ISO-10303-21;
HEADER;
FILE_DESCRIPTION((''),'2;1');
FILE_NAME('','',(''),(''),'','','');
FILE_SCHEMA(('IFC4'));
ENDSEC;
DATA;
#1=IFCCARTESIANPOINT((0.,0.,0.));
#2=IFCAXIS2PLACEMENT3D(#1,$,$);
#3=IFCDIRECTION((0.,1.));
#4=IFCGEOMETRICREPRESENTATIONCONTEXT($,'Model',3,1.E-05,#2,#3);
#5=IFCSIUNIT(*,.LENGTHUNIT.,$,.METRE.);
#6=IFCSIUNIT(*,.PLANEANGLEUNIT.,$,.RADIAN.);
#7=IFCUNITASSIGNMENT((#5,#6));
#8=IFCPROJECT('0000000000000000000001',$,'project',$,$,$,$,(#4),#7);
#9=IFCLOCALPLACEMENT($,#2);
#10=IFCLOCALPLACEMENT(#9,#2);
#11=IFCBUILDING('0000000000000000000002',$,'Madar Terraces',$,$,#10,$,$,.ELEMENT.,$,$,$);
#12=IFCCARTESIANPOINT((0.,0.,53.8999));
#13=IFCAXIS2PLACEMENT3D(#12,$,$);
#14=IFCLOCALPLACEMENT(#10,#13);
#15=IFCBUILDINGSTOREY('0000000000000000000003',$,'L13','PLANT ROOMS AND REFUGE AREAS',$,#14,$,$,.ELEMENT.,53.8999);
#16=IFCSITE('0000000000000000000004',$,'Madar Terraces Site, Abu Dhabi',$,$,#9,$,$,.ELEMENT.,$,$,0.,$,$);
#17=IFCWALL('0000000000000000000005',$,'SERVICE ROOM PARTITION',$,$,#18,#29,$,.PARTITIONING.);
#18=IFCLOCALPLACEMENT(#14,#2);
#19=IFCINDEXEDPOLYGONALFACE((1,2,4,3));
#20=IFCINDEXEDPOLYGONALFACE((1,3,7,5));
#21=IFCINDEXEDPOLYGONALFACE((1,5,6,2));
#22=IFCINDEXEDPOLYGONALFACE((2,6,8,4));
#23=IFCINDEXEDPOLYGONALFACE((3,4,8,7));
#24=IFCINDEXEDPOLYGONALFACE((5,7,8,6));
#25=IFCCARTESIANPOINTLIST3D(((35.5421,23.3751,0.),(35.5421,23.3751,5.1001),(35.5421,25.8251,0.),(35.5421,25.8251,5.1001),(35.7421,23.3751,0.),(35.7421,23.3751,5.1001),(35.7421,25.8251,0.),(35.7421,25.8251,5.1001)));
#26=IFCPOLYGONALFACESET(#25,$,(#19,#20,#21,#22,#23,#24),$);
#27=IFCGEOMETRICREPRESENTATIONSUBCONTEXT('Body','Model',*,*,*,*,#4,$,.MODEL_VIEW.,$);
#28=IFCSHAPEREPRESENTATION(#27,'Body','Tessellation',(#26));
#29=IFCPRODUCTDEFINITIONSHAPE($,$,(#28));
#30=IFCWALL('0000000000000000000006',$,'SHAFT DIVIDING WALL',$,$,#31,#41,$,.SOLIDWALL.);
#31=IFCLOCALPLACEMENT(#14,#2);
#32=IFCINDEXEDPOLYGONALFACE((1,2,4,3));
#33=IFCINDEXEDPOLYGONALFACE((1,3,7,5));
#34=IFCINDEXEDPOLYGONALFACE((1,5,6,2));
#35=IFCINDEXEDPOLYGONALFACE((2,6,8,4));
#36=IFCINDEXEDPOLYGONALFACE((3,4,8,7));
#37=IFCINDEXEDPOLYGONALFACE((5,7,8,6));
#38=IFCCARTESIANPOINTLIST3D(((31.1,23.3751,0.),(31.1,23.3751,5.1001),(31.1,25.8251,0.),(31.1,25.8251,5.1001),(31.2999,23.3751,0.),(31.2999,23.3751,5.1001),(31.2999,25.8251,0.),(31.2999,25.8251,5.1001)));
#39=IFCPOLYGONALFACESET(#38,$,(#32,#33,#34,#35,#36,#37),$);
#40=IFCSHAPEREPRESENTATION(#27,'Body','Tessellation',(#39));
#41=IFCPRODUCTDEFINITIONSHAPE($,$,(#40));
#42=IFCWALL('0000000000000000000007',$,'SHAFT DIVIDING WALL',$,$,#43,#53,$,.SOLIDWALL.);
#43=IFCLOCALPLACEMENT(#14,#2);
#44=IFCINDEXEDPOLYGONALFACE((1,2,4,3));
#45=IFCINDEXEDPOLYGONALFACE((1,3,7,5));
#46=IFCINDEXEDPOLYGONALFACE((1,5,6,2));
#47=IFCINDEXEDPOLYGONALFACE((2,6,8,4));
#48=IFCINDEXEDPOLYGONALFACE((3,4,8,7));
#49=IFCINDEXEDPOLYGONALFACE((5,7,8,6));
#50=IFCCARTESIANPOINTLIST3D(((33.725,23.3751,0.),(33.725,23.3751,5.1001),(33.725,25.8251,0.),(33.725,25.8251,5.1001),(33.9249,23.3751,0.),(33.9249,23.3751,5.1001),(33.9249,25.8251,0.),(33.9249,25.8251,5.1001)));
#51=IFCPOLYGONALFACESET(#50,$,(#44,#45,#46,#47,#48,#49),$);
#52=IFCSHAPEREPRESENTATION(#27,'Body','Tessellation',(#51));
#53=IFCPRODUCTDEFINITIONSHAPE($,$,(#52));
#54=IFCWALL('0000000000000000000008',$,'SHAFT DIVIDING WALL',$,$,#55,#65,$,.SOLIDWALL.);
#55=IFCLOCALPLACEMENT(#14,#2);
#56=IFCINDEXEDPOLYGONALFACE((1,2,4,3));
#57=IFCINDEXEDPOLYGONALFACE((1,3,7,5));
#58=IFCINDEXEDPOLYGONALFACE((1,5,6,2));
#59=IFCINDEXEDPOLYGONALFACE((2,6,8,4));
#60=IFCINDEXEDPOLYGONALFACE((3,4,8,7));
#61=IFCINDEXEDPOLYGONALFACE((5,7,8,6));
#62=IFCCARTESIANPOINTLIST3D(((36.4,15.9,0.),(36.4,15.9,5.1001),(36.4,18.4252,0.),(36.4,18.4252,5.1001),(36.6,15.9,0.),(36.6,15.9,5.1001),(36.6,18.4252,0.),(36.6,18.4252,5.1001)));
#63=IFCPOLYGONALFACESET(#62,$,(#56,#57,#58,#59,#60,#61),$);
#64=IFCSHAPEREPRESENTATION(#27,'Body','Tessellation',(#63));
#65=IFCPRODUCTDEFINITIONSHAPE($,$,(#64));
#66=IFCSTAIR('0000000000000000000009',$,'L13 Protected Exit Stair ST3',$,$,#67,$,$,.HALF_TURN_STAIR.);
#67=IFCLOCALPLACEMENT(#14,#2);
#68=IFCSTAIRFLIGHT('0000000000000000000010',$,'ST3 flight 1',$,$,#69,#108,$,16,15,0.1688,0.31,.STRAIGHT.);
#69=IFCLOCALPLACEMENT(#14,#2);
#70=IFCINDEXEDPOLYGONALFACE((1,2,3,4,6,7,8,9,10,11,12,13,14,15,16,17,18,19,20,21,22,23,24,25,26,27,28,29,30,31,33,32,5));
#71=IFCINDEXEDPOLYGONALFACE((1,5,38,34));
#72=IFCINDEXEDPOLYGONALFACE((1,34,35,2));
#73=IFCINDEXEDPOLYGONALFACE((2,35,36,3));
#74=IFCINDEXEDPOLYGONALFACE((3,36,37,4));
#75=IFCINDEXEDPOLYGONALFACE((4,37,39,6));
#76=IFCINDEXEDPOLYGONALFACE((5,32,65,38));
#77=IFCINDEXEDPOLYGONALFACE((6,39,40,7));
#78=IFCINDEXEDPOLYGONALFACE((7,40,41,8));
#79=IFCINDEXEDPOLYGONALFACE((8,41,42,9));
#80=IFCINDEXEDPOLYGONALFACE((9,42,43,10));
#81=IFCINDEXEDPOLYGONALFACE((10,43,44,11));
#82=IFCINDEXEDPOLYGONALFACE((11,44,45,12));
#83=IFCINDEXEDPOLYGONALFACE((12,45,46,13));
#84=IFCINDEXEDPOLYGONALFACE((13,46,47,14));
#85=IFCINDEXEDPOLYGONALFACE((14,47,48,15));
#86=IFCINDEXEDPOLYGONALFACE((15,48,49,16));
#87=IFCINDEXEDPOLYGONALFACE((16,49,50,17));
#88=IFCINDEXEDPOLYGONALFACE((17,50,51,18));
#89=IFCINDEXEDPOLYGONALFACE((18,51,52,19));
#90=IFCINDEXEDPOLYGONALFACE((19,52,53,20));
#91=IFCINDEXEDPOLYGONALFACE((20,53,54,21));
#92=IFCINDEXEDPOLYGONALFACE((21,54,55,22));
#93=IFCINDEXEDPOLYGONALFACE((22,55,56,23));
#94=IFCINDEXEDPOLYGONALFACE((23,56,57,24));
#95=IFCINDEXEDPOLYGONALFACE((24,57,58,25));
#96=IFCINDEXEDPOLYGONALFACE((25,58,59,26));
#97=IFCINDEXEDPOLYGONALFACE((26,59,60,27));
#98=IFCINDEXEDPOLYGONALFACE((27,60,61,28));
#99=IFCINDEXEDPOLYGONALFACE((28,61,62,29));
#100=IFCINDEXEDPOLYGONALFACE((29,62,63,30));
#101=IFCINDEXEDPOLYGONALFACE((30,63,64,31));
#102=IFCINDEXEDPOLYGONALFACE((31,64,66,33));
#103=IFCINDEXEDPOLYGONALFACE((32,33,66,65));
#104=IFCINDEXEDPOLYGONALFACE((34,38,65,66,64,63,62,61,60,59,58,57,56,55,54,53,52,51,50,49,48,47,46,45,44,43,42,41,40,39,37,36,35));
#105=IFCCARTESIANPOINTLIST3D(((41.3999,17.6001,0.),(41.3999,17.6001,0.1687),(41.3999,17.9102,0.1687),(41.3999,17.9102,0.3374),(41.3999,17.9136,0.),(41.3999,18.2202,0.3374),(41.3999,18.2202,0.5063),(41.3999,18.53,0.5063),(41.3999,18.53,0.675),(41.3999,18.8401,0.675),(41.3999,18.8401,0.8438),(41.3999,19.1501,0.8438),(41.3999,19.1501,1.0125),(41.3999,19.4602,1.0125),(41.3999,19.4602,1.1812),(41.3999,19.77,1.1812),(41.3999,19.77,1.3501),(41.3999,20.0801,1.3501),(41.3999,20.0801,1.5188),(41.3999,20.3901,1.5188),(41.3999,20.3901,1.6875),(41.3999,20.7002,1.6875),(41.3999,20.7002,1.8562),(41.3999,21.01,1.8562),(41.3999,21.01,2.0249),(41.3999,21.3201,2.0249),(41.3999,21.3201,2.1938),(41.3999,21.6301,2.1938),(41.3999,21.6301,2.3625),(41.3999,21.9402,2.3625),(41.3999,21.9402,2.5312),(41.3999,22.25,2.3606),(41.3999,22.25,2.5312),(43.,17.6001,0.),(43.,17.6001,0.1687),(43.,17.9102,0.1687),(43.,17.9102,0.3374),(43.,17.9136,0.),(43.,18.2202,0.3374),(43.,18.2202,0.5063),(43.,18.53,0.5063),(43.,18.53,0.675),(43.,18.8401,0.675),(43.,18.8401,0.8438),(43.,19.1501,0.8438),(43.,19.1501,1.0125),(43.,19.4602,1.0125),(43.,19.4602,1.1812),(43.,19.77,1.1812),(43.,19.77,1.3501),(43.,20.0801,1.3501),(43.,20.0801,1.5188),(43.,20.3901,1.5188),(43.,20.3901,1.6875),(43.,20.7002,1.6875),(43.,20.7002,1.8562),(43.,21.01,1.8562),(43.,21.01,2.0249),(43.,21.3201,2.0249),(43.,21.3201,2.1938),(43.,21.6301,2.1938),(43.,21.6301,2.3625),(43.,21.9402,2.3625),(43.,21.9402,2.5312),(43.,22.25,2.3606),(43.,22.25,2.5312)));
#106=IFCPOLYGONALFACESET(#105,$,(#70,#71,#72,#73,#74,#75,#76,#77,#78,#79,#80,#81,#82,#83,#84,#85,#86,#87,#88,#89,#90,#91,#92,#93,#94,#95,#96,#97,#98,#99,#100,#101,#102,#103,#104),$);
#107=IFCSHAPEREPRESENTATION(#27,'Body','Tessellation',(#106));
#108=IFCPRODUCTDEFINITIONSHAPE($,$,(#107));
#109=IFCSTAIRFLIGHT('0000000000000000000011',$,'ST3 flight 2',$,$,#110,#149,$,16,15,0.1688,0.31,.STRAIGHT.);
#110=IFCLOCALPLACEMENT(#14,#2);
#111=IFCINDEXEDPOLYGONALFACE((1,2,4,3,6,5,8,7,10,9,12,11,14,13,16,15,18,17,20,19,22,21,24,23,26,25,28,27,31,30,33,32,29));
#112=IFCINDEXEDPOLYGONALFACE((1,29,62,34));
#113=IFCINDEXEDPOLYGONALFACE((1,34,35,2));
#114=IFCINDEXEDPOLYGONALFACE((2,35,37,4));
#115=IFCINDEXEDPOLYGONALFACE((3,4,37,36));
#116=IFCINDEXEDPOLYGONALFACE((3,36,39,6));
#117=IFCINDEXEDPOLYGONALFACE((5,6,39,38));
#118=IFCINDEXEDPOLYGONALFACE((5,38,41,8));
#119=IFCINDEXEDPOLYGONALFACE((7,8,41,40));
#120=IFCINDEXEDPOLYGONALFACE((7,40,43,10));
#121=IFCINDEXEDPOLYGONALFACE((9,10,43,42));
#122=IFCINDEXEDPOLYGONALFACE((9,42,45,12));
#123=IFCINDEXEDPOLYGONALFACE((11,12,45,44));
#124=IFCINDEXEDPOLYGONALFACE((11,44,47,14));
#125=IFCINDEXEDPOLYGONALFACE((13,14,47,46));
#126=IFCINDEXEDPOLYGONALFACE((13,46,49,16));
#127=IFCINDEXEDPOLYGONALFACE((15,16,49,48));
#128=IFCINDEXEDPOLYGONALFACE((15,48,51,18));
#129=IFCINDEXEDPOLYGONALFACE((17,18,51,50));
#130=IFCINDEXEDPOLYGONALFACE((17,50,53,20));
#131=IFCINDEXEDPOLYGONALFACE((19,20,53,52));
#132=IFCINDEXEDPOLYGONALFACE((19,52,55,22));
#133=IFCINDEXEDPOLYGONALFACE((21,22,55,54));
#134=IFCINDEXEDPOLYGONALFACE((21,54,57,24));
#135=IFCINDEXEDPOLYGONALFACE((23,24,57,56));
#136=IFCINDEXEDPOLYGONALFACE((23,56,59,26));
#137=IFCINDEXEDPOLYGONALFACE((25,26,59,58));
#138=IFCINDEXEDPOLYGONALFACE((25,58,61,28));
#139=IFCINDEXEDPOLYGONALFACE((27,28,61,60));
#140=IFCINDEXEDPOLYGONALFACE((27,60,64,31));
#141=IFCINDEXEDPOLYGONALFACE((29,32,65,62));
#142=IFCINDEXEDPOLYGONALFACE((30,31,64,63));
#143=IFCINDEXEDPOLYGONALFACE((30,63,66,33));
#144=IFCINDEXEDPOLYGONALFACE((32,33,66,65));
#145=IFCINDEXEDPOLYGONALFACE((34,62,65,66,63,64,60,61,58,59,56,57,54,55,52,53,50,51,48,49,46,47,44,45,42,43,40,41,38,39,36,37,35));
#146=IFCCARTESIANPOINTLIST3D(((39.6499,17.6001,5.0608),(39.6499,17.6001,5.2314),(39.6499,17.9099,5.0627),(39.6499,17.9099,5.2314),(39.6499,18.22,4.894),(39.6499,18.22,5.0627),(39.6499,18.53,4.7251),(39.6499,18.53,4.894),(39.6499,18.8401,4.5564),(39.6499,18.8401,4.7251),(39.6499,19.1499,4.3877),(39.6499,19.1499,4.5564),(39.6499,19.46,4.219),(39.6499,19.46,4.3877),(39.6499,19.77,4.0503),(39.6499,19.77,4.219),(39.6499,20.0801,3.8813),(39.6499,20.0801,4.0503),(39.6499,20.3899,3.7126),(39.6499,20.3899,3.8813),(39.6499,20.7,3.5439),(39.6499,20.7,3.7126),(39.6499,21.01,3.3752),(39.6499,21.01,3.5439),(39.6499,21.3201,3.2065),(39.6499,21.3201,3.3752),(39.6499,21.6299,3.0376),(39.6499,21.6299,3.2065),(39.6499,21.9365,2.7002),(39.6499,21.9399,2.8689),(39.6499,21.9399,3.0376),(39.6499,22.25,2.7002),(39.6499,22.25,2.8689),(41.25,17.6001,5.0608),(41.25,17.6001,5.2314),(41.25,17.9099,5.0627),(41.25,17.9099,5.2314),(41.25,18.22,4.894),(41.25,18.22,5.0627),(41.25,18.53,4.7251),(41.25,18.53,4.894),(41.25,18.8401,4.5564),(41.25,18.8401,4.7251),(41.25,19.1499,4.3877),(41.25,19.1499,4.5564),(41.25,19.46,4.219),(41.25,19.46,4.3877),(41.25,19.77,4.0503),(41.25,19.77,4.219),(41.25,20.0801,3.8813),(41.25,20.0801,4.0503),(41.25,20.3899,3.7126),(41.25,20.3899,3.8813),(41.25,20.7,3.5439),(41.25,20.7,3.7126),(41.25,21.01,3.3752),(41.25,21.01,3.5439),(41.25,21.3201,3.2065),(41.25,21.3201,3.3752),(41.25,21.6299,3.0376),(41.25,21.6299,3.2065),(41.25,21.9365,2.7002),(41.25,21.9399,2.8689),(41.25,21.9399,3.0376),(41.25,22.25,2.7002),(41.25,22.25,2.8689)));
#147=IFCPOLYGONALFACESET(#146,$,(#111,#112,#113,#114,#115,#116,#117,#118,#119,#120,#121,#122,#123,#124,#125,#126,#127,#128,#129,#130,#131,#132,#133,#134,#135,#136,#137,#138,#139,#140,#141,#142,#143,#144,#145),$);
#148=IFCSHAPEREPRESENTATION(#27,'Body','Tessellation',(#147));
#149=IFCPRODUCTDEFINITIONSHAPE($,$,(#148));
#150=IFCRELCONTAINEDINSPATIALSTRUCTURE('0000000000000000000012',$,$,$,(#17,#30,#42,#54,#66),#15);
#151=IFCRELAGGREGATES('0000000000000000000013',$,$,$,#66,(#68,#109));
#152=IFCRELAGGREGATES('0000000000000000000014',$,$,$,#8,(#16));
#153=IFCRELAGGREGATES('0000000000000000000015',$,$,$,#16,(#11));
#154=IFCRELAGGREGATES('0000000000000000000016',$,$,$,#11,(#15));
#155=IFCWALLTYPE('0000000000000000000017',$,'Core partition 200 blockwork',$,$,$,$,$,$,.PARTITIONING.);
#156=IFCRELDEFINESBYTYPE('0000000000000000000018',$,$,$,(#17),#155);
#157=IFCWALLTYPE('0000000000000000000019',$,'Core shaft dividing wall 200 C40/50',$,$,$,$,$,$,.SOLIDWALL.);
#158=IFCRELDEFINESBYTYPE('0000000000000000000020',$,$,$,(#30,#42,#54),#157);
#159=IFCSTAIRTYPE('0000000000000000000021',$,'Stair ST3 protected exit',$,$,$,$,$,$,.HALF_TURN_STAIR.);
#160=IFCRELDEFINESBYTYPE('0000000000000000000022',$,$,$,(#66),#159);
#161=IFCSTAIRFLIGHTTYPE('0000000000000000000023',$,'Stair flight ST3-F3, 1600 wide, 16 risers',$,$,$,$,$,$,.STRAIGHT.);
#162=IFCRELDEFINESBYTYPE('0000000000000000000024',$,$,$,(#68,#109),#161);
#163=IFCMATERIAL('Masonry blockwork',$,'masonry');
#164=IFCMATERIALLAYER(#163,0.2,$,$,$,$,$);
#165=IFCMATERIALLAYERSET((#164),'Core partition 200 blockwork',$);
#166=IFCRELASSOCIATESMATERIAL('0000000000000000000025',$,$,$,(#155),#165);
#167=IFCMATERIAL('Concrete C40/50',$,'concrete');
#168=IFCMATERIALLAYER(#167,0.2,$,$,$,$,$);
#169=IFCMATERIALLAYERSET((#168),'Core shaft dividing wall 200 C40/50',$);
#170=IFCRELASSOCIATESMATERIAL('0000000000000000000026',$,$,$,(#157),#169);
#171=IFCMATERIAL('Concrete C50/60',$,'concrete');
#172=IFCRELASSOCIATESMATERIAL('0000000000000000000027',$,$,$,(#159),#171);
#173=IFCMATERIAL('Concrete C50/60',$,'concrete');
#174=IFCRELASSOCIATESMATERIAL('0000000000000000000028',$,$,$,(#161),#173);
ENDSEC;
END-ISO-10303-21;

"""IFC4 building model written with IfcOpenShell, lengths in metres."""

from ifc_helpers import new_model, si_unit, direction, frame, frame_2d, origin, place, context, subcontext, project, spatial, polyline, rectangle, outline, extrude, material, layer, layer_set, type_object, element, aggregate, save


model = new_model("IFC4")

# Units and contexts
model_context = context("Model", 3, precision=1e-05, world=origin(), true_north=direction((0.0, 1.0)))
body_context = subcontext(model_context, "Body", "Model", "MODEL_VIEW")
ifc_project = project(units=[si_unit("LENGTHUNIT", "METRE"), si_unit("PLANEANGLEUNIT", "RADIAN")], contexts=[model_context])

# Site, building, storey
site_placement = place(None, origin())
site = spatial("IfcSite", under=ifc_project, at=site_placement, Name="Madar Terraces Site, Abu Dhabi", CompositionType="ELEMENT", RefElevation=0.0)
building_placement = place(site_placement, origin())
building = spatial("IfcBuilding", under=site, at=building_placement, Name="Madar Terraces", CompositionType="ELEMENT")
storey_placement = place(building_placement, frame((0.0, 0.0, 53.8999)))
storey = spatial("IfcBuildingStorey", under=building, at=storey_placement, Name="L13", Description="PLANT ROOMS AND REFUGE AREAS", CompositionType="ELEMENT", Elevation=53.8999)

# Walls
ifc_material_1 = material(Name="Masonry blockwork", Category="masonry")
ifc_layer_1 = layer(ifc_material_1, 0.2)
ifc_layer_set_1 = layer_set([ifc_layer_1], Name="Core partition 200 blockwork")
wall_type_1 = type_object("IfcWallType", Name="Core partition 200 blockwork", PredefinedType="PARTITIONING", material=ifc_layer_set_1)
wall_1_placement = place(storey_placement, frame((35.6421, 23.375, 0.0), z_axis=(0.0, 0.0, 1.0), x_axis=(0.0, 1.0, 0.0)))
element("IfcWall", 1, at=wall_1_placement, inside=storey, type_object=wall_type_1, Name="SERVICE ROOM PARTITION", PredefinedType="PARTITIONING", context=body_context, shape_type="SweptSolid", body=[
    extrude(rectangle(XDim=2.45, YDim=0.2, at=frame_2d((1.2251, 0.0))), origin(), (0.0, 0.0, 1.0), 5.1001),
])
ifc_material_2 = material(Name="Concrete C40/50", Category="concrete")
ifc_layer_2 = layer(ifc_material_2, 0.2)
ifc_layer_set_2 = layer_set([ifc_layer_2], Name="Core shaft dividing wall 200 C40/50")
wall_type_2 = type_object("IfcWallType", Name="Core shaft dividing wall 200 C40/50", PredefinedType="SOLIDWALL", material=ifc_layer_set_2)
for number, where, z_axis, x_axis, name in (
    (2, (31.2, 23.375, 0.0), (0.0, 0.0, 1.0), (0.0, 1.0, 0.0), "SHAFT DIVIDING WALL"),
    (3, (33.825, 23.375, 0.0), (0.0, 0.0, 1.0), (0.0, 1.0, 0.0), "SHAFT DIVIDING WALL"),
):
    element("IfcWall", number, at=place(storey_placement, frame(where, z_axis=z_axis, x_axis=x_axis)), inside=storey, type_object=wall_type_2, Name=name, PredefinedType="SOLIDWALL", context=body_context, shape_type="SweptSolid", body=[
        extrude(rectangle(XDim=2.45, YDim=0.2, at=frame_2d((1.2251, 0.0))), origin(), (0.0, 0.0, 1.0), 5.1001),
    ])
wall_2_placement = place(storey_placement, frame((36.5, 15.8999, 0.0), z_axis=(0.0, 0.0, 1.0), x_axis=(0.0, 1.0, 0.0)))
element("IfcWall", 4, at=wall_2_placement, inside=storey, type_object=wall_type_2, Name="SHAFT DIVIDING WALL", PredefinedType="SOLIDWALL", context=body_context, shape_type="SweptSolid", body=[
    extrude(rectangle(XDim=2.5251, YDim=0.2, at=frame_2d((1.2627, 0.0))), origin(), (0.0, 0.0, 1.0), 5.1001),
])

# Stair, stair flights
ifc_material_3 = material(Name="Concrete C50/60", Category="concrete")
stair_type = type_object("IfcStairType", Name="Stair ST3 protected exit", PredefinedType="HALF_TURN_STAIR", material=ifc_material_3)
stair_placement = place(storey_placement, origin())
stair = element("IfcStair", 5, at=stair_placement, inside=storey, type_object=stair_type, Name="L13 Protected Exit Stair ST3", PredefinedType="HALF_TURN_STAIR")
ifc_material_4 = material(Name="Concrete C50/60", Category="concrete")
stair_flight_type = type_object("IfcStairFlightType", Name="Stair flight ST3-F3, 1600 wide, 16 risers", PredefinedType="STRAIGHT", material=ifc_material_4)
stair_flight_1_placement = place(storey_placement, frame((42.2, 17.6001, 0.0), z_axis=(0.0, 0.0, 1.0), x_axis=(0.0, 1.0, 0.0)))
stair_flight_1 = element("IfcStairFlight", 6, at=stair_flight_1_placement, type_object=stair_flight_type, Name="ST3 flight 1", NumberOfRisers=16, NumberOfTreads=15, PredefinedType="STRAIGHT", RiserHeight=0.1688, TreadLength=0.31, context=body_context, shape_type="SweptSolid", body=[
    extrude(outline(polyline([(0.0, 0.0), (0.0, 0.1687), (0.3101, 0.1687), (0.3101, 0.3374), (0.6201, 0.3374), (0.6201, 0.5063), (0.9299, 0.5063), (0.9299, 0.675), (1.24, 0.675), (1.24, 0.8438), (1.55, 0.8438), (1.55, 1.0125), (1.8601, 1.0125), (1.8601, 1.1812), (2.1699, 1.1812), (2.1699, 1.3501), (2.48, 1.3501), (2.48, 1.5188), (2.79, 1.5188), (2.79, 1.6875), (3.1001, 1.6875), (3.1001, 1.8562), (3.4099, 1.8562), (3.4099, 2.0249), (3.72, 2.0249), (3.72, 2.1938), (4.03, 2.1938), (4.03, 2.3625), (4.3401, 2.3625), (4.3401, 2.5312), (4.6499, 2.5312), (4.6499, 2.7), (4.6499, 2.3606), (0.3135, 0.0), (0.0, 0.0)])), frame((0.0, 0.8, 0.0), z_axis=(0.0, -1.0, 0.0), x_axis=(1.0, 0.0, 0.0)), (0.0, 0.0, 1.0), 1.6001),
])
stair_flight_2_placement = place(storey_placement, frame((40.45, 22.25, 2.7002), z_axis=(0.0, 0.0, 1.0), x_axis=(0.0, -1.0, 0.0)))
stair_flight_2 = element("IfcStairFlight", 7, at=stair_flight_2_placement, type_object=stair_flight_type, Name="ST3 flight 2", NumberOfRisers=16, NumberOfTreads=15, PredefinedType="STRAIGHT", RiserHeight=0.1688, TreadLength=0.31, context=body_context, shape_type="SweptSolid", body=[
    extrude(outline(polyline([(0.0, 0.0), (0.0, 0.1687), (0.3101, 0.1687), (0.3101, 0.3374), (0.6201, 0.3374), (0.6201, 0.5063), (0.9299, 0.5063), (0.9299, 0.675), (1.24, 0.675), (1.24, 0.8438), (1.55, 0.8438), (1.55, 1.0125), (1.8601, 1.0125), (1.8601, 1.1812), (2.1699, 1.1812), (2.1699, 1.3501), (2.48, 1.3501), (2.48, 1.5188), (2.79, 1.5188), (2.79, 1.6875), (3.1001, 1.6875), (3.1001, 1.8562), (3.4099, 1.8562), (3.4099, 2.0249), (3.72, 2.0249), (3.72, 2.1938), (4.03, 2.1938), (4.03, 2.3625), (4.3401, 2.3625), (4.3401, 2.5312), (4.6499, 2.5312), (4.6499, 2.7), (4.6499, 2.3606), (0.3135, 0.0), (0.0, 0.0)])), frame((0.0, 0.8, 0.0), z_axis=(0.0, -1.0, 0.0), x_axis=(1.0, 0.0, 0.0)), (0.0, 0.0, 1.0), 1.6001),
])
aggregate(stair, [stair_flight_1, stair_flight_2])

save(model, "model.ifc")
